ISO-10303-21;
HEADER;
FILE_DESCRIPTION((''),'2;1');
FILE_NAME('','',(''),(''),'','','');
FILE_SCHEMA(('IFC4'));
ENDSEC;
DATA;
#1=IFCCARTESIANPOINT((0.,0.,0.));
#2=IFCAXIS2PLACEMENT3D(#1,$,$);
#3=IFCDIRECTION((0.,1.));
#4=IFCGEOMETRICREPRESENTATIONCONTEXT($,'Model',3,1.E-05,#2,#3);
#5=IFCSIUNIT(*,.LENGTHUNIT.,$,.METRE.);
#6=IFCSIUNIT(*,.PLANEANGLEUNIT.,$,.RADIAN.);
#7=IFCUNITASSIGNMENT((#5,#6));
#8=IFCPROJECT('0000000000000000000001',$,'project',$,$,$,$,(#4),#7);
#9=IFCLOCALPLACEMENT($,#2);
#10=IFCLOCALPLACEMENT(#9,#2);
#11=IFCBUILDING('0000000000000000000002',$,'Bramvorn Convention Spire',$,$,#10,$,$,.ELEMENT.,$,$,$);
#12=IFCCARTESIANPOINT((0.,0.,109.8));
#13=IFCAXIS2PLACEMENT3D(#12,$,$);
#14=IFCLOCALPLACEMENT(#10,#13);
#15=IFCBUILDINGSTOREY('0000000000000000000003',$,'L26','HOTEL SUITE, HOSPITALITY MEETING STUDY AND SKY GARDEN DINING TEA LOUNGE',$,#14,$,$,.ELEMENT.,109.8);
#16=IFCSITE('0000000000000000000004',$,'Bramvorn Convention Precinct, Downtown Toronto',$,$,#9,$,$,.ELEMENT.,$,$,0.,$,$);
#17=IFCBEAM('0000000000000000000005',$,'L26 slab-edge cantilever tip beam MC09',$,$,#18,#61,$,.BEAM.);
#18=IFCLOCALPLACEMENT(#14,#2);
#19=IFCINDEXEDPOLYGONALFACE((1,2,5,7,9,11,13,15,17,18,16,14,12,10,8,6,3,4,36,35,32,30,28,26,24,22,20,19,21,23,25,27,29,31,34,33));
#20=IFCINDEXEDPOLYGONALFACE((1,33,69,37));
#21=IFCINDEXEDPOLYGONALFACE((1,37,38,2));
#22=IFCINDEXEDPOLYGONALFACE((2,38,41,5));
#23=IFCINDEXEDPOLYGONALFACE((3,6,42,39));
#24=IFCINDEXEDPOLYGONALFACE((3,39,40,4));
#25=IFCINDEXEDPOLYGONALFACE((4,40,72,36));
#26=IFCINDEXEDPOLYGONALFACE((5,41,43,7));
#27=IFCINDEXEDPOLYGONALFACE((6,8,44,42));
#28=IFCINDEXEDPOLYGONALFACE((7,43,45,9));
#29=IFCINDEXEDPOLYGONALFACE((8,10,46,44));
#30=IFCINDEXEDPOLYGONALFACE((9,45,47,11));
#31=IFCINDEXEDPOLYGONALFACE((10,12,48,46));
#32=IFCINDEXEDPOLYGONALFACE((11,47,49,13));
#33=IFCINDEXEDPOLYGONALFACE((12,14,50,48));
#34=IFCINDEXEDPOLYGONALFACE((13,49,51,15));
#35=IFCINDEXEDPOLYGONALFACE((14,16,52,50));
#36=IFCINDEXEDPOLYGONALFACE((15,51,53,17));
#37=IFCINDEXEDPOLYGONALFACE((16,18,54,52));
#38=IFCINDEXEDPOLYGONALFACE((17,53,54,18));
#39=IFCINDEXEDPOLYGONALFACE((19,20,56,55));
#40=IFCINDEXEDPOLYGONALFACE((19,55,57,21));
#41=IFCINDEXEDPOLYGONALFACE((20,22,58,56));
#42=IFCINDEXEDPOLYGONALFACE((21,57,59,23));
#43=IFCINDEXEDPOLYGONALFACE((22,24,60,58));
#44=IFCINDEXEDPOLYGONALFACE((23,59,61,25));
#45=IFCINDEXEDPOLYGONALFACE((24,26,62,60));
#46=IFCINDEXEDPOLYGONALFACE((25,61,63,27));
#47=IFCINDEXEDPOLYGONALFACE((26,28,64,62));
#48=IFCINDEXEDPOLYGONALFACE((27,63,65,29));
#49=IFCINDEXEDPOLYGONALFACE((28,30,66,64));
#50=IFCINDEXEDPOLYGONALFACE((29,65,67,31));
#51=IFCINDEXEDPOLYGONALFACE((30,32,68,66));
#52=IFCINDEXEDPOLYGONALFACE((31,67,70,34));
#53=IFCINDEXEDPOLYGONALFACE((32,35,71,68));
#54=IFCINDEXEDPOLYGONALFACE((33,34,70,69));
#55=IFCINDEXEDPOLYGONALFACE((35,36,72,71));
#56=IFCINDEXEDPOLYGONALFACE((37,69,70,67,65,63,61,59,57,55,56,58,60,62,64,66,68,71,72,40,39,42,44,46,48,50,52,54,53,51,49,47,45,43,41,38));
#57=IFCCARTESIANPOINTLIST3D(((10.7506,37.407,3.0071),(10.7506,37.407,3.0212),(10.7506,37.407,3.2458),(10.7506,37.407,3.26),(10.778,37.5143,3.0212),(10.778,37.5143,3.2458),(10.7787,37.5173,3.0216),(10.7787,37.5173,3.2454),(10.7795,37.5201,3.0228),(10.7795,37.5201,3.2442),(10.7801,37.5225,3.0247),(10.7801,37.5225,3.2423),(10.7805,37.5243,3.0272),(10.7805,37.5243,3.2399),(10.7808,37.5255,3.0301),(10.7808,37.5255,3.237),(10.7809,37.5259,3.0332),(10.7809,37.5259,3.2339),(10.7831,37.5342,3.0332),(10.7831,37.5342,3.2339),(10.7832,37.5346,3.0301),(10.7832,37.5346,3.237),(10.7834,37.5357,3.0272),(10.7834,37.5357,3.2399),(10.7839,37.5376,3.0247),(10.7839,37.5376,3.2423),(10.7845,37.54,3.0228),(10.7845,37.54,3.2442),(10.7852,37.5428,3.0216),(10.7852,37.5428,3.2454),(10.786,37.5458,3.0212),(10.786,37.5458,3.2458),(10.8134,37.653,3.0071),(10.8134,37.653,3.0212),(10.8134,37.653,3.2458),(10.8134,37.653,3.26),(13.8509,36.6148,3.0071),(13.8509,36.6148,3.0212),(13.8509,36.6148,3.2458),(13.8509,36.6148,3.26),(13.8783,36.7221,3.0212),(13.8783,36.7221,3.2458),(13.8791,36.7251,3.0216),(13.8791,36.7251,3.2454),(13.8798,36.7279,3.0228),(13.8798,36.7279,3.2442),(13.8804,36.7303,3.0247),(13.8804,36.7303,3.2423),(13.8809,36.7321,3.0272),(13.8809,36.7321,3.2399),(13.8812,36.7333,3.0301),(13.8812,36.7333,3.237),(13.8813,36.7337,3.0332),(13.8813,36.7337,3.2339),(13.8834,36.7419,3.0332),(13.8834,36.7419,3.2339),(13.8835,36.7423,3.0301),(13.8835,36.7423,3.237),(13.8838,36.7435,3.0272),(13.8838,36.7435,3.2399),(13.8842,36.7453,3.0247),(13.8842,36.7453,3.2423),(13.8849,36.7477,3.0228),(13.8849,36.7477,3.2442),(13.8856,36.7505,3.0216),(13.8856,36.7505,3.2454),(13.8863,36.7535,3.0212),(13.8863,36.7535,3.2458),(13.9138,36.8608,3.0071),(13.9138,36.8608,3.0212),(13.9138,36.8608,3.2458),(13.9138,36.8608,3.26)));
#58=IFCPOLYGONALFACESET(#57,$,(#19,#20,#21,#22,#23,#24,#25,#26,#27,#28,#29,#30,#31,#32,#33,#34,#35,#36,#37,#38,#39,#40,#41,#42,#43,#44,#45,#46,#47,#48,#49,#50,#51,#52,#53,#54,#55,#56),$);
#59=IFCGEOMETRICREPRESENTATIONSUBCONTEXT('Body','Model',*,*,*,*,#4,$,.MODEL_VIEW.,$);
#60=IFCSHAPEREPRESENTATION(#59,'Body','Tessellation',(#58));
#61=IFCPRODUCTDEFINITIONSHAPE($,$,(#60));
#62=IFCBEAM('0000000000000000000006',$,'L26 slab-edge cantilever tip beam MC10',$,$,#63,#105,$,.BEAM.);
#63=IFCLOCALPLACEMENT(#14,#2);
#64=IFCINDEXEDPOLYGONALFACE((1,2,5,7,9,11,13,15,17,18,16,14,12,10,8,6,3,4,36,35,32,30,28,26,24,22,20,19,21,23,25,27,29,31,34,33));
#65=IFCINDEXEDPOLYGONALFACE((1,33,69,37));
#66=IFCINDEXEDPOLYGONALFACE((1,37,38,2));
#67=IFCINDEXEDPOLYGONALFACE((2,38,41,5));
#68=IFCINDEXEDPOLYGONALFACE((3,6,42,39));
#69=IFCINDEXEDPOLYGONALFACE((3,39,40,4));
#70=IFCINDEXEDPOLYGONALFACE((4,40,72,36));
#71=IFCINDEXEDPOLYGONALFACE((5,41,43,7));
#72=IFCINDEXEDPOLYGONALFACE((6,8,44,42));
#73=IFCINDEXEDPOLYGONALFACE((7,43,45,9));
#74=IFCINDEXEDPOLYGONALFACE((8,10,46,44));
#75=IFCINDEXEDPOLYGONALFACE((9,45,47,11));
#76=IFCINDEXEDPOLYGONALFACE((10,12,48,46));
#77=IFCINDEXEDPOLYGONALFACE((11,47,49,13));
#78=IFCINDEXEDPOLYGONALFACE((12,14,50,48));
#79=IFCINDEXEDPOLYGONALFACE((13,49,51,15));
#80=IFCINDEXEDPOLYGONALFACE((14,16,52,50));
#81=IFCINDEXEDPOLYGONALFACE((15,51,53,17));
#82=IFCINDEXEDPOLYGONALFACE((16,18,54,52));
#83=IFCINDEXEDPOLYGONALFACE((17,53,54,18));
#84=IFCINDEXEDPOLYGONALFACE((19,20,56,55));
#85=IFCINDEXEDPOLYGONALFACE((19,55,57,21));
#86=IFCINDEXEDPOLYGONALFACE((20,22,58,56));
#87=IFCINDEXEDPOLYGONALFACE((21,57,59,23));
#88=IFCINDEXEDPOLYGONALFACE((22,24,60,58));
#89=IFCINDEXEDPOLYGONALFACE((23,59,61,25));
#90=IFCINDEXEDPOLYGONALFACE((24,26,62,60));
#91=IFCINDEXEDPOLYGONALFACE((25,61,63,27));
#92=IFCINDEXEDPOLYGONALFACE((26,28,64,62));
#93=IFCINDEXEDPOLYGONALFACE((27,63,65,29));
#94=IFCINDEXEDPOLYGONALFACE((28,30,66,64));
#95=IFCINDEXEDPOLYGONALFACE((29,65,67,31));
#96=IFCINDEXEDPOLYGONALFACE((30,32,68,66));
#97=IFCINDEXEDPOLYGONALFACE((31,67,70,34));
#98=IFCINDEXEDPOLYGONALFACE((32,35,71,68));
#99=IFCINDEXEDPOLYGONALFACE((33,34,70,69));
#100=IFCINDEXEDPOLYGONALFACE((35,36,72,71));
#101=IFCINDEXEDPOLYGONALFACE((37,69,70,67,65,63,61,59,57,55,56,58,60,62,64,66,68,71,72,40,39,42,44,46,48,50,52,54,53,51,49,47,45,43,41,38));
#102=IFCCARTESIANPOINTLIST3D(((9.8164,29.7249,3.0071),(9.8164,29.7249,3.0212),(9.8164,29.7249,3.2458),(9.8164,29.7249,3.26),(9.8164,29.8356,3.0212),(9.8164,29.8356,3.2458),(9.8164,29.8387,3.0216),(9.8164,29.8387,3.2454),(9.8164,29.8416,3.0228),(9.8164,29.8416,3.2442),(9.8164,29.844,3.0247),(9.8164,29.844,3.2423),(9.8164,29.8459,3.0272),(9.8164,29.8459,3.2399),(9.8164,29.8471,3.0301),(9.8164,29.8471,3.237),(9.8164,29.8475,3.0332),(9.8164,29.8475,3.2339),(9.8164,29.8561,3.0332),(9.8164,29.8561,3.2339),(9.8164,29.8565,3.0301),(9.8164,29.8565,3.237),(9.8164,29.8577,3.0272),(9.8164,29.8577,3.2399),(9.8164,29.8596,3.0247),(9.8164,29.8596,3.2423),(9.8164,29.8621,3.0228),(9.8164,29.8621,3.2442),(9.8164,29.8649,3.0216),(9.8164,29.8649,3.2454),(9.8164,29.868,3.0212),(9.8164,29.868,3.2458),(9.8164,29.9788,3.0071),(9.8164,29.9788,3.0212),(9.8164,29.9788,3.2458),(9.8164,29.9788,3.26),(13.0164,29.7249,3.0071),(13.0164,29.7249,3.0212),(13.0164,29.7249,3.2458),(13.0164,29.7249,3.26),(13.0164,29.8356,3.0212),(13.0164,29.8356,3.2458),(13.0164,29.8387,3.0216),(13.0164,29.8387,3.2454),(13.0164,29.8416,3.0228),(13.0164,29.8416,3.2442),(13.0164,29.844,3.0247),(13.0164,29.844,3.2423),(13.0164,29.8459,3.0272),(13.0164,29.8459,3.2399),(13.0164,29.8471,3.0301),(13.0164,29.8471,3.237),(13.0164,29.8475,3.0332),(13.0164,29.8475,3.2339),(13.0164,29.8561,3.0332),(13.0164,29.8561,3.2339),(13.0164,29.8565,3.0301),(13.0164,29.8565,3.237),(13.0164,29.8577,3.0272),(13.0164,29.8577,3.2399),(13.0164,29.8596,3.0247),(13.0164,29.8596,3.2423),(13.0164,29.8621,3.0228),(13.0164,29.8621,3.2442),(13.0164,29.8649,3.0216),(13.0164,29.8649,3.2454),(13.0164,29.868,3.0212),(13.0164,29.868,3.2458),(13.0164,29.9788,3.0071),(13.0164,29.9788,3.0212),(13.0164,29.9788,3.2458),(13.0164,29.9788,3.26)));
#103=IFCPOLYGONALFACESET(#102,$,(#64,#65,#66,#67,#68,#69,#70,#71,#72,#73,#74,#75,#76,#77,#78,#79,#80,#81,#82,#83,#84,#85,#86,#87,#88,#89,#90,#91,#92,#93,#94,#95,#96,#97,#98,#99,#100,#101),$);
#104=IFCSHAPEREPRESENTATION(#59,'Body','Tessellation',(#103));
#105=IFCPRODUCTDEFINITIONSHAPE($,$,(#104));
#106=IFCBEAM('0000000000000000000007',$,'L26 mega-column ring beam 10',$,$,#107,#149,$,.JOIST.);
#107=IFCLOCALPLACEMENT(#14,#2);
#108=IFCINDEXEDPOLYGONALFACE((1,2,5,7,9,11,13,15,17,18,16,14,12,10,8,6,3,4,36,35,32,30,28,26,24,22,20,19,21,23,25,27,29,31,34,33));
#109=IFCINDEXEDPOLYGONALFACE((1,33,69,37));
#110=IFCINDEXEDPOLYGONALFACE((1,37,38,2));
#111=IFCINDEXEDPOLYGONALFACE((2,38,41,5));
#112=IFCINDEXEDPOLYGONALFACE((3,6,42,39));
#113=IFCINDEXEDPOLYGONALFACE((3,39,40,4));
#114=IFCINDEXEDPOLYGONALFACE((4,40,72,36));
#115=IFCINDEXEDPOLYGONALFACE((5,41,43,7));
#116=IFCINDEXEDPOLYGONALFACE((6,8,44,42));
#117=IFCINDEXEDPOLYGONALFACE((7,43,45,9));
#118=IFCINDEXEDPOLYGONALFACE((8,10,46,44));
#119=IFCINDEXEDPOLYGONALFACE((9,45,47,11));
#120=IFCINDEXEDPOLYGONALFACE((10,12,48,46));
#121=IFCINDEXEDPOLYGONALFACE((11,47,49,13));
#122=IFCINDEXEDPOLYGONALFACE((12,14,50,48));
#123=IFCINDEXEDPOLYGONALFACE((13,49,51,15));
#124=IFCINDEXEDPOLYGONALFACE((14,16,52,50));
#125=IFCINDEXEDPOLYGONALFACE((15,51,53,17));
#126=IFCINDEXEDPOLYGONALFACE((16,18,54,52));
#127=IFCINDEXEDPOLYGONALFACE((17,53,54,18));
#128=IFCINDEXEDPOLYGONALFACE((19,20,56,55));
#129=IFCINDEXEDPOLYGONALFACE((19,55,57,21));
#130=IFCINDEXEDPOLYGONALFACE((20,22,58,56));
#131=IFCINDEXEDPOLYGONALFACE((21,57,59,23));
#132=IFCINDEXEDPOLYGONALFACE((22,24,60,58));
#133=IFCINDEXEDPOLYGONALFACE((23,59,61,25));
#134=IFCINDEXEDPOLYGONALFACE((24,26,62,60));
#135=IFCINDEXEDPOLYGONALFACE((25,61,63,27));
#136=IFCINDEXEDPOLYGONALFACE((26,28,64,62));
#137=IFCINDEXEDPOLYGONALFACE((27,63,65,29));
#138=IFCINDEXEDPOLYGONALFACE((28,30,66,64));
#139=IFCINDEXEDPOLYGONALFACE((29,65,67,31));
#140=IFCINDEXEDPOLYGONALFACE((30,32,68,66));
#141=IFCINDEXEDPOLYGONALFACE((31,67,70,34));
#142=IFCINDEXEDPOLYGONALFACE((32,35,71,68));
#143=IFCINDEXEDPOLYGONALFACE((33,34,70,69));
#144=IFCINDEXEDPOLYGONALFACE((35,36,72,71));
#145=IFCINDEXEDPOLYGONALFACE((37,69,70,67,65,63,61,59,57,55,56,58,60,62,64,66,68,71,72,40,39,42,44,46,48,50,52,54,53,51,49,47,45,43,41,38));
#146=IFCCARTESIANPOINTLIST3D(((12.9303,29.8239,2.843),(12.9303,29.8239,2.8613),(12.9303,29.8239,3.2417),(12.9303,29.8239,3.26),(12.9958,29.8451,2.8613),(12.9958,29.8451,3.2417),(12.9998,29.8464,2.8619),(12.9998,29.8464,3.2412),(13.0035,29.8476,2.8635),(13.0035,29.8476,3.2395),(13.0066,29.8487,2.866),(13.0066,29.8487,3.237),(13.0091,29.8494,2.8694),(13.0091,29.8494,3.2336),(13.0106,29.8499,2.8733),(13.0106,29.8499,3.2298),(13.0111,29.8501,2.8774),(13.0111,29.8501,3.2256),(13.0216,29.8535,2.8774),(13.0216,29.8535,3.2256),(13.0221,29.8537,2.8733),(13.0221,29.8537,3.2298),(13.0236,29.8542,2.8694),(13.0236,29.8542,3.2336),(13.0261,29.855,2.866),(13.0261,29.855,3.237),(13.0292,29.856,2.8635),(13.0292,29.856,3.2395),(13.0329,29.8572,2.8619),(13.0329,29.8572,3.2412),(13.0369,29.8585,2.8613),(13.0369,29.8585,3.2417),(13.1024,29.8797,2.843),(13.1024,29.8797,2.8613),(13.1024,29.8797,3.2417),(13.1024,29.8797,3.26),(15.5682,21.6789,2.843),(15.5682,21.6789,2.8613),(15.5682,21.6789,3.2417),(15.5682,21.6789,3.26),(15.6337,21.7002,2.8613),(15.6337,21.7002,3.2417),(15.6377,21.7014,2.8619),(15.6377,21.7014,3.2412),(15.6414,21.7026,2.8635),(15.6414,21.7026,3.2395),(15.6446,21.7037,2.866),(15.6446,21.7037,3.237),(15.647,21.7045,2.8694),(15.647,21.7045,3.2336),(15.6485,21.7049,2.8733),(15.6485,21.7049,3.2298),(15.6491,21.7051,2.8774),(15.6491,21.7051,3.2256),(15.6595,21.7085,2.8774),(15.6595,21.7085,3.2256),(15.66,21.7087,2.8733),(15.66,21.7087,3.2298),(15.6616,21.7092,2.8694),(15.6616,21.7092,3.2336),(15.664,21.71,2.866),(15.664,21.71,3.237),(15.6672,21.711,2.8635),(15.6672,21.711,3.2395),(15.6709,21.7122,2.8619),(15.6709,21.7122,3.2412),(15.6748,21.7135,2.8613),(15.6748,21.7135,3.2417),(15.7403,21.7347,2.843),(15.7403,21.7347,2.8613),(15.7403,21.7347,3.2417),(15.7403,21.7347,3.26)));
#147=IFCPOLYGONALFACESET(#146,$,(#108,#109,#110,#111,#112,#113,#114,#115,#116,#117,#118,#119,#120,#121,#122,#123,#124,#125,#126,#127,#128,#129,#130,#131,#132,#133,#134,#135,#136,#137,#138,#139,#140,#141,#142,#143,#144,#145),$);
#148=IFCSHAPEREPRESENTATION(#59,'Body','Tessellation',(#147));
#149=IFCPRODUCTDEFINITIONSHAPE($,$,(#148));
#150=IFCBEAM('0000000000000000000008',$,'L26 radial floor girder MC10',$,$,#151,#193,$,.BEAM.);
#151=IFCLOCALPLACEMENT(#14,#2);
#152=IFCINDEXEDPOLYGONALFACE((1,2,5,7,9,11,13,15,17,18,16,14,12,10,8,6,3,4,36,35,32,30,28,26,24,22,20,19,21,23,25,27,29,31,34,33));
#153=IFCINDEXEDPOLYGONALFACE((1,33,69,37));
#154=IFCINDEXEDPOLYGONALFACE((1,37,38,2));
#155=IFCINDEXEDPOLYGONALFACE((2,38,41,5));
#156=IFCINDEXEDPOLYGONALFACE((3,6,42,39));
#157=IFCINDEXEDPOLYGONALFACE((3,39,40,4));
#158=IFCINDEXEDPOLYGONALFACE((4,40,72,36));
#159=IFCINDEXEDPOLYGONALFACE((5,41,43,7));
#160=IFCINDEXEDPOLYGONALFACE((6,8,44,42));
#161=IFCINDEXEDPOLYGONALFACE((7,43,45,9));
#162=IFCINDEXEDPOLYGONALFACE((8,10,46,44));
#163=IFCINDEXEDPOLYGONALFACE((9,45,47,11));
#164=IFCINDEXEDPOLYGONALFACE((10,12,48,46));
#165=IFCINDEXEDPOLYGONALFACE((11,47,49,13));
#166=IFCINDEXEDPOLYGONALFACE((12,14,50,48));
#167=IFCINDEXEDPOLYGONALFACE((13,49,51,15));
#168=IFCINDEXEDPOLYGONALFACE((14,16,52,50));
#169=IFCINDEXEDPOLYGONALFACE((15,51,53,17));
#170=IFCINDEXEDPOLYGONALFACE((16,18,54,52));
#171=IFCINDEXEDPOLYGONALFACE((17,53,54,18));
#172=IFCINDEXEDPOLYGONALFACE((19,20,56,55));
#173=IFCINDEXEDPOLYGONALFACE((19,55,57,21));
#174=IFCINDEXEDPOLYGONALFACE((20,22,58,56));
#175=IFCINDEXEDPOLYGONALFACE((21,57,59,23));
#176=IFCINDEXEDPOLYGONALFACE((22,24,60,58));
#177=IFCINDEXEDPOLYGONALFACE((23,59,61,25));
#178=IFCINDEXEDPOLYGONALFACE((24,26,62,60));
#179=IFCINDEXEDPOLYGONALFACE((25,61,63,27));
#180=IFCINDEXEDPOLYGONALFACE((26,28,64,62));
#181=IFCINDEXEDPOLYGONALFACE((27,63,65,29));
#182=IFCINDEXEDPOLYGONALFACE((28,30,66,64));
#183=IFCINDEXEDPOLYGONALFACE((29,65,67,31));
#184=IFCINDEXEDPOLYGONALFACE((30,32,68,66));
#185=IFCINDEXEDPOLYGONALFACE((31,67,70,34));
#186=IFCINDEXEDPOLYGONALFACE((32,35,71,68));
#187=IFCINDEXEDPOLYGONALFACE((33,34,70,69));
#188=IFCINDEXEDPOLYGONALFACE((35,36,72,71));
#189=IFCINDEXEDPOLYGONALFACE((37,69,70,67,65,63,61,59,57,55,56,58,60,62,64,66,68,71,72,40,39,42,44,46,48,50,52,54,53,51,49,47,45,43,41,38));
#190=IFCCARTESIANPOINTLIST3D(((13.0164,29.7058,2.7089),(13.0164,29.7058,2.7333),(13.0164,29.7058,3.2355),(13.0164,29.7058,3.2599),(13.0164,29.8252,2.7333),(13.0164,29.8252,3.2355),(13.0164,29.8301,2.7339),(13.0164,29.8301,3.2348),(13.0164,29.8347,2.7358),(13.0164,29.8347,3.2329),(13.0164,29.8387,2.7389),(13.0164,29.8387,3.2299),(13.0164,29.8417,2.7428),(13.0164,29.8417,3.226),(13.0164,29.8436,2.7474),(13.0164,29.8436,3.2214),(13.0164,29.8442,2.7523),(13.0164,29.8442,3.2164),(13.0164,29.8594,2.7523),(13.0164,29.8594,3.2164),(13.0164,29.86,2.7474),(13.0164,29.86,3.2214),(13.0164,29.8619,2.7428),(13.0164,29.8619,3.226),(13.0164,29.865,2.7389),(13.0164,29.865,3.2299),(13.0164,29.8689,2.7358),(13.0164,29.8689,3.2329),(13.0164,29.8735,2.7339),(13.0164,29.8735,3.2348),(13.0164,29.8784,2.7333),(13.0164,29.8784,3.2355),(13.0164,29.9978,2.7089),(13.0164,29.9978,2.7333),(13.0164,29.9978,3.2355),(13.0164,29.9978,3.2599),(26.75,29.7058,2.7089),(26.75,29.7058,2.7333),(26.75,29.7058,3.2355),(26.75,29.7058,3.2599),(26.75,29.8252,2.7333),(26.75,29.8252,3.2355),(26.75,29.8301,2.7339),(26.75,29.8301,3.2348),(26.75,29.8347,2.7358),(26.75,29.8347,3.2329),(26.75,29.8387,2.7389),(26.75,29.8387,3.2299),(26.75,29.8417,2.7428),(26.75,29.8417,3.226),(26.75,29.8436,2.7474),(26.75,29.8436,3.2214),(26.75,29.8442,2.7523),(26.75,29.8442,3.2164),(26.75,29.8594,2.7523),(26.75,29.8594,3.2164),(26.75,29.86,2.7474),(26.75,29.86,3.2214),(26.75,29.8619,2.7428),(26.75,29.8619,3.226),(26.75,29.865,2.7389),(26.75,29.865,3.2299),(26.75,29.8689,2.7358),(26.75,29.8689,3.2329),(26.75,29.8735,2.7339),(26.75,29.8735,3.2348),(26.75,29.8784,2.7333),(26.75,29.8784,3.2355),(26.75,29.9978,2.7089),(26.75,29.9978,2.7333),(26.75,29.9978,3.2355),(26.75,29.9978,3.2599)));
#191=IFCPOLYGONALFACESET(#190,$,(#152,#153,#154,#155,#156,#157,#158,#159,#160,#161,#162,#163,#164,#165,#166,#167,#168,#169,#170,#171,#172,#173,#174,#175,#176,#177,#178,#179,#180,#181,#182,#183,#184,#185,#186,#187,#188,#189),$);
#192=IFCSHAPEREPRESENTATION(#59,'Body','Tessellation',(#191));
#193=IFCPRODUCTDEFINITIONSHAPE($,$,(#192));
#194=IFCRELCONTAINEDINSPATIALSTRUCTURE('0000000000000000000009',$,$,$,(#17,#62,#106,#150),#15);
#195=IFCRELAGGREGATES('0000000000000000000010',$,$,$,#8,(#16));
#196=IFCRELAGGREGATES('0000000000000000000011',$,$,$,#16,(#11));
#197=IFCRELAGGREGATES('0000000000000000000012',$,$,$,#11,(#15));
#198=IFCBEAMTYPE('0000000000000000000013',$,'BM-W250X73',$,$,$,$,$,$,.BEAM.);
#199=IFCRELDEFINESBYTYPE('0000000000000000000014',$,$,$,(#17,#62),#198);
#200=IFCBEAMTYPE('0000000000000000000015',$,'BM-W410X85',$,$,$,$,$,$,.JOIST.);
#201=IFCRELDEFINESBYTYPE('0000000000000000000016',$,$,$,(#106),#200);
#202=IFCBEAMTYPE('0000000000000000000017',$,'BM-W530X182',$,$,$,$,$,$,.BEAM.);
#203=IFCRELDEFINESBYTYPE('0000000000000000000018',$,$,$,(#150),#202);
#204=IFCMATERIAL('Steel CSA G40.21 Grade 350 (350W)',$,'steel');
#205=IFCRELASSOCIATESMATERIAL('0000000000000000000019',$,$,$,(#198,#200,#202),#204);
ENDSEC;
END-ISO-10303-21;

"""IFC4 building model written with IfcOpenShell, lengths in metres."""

from ifc_helpers import new_model, si_unit, direction, frame, origin, origin_2d, place, context, subcontext, project, spatial, i_section, extrude, material, material_profile, profile_set, type_object, element, save


model = new_model("IFC4")

# Units and contexts
model_context = context("Model", 3, precision=1e-05, world=origin(), true_north=direction((0.0, 1.0)))
body_context = subcontext(model_context, "Body", "Model", "MODEL_VIEW")
ifc_project = project(units=[si_unit("LENGTHUNIT", "METRE"), si_unit("PLANEANGLEUNIT", "RADIAN")], contexts=[model_context])

# Site, building, storey
site_placement = place(None, origin())
site = spatial("IfcSite", under=ifc_project, at=site_placement, Name="Bramvorn Convention Precinct, Downtown Toronto", CompositionType="ELEMENT", RefElevation=0.0)
building_placement = place(site_placement, origin())
building = spatial("IfcBuilding", under=site, at=building_placement, Name="Bramvorn Convention Spire", CompositionType="ELEMENT")
storey_placement = place(building_placement, frame((0.0, 0.0, 109.8)))
storey = spatial("IfcBuildingStorey", under=building, at=storey_placement, Name="L26", Description="HOTEL SUITE, HOSPITALITY MEETING STUDY AND SKY GARDEN DINING TEA LOUNGE", CompositionType="ELEMENT", Elevation=109.8)

# Shared definitions
ifc_material_1 = material(Name="Steel CSA G40.21 Grade 350 (350W)", Category="steel")

# Beams
ifc_material_profile_1 = material_profile(ifc_material_1, i_section(OverallWidth=0.2539, OverallDepth=0.2529, WebThickness=0.0085, FlangeThickness=0.0142, FilletRadius=0.012, at=origin_2d()))
ifc_profile_set_1 = profile_set([ifc_material_profile_1], Name="Steel CSA G40.21 Grade 350 (350W) - W250X73")
beam_type_1 = type_object("IfcBeamType", Name="BM-W250X73", PredefinedType="BEAM", material=ifc_profile_set_1)
for number, where, z_axis, x_axis, name in (
    (1, (13.8823, 36.7378, 3.1335), (-0.968868, 0.247577, 0.0), (-0.247577, -0.968868, 0.0), "L26 slab-edge cantilever tip beam MC09"),
    (2, (13.0164, 29.8518, 3.1335), (-1.0, 0.0, 0.0), (0.0, -1.0, 0.0), "L26 slab-edge cantilever tip beam MC10"),
):
    element("IfcBeam", number, at=place(storey_placement, frame(where, z_axis=z_axis, x_axis=x_axis)), inside=storey, type_object=beam_type_1, Name=name, PredefinedType="BEAM", context=body_context, shape_type="SweptSolid", body=[
        extrude(i_section(OverallWidth=0.2539, OverallDepth=0.2529, WebThickness=0.0085, FlangeThickness=0.0142, FilletRadius=0.012, at=origin_2d()), origin(), (0.0, 0.0, 1.0), 3.2),
    ])
ifc_material_profile_2 = material_profile(ifc_material_1, i_section(OverallWidth=0.1809, OverallDepth=0.417, WebThickness=0.011, FlangeThickness=0.0183, FilletRadius=0.0161, at=origin_2d()))
ifc_profile_set_2 = profile_set([ifc_material_profile_2], Name="Steel CSA G40.21 Grade 350 (350W) - W410X85")
beam_type_2 = type_object("IfcBeamType", Name="BM-W410X85", PredefinedType="JOIST", material=ifc_profile_set_2)
beam_1_placement = place(storey_placement, frame((13.0164, 29.8518, 3.0515), z_axis=(0.308115, -0.951349, 0.0), x_axis=(0.951349, 0.308115, 0.0)))
element("IfcBeam", 3, at=beam_1_placement, inside=storey, type_object=beam_type_2, Name="L26 mega-column ring beam 10", PredefinedType="JOIST", context=body_context, shape_type="SweptSolid", body=[
    extrude(i_section(OverallWidth=0.1809, OverallDepth=0.417, WebThickness=0.011, FlangeThickness=0.0183, FilletRadius=0.0161, at=origin_2d()), origin(), (0.0, 0.0, 1.0), 8.5615),
])
ifc_material_profile_3 = material_profile(ifc_material_1, i_section(OverallWidth=0.292, OverallDepth=0.551, WebThickness=0.0151, FlangeThickness=0.0244, FilletRadius=0.019, at=origin_2d()))
ifc_profile_set_3 = profile_set([ifc_material_profile_3], Name="Steel CSA G40.21 Grade 350 (350W) - W530X182")
beam_type_3 = type_object("IfcBeamType", Name="BM-W530X182", PredefinedType="BEAM", material=ifc_profile_set_3)
beam_2_placement = place(storey_placement, frame((26.75, 29.8518, 2.9844), z_axis=(-1.0, 0.0, 0.0), x_axis=(0.0, -1.0, 0.0)))
element("IfcBeam", 4, at=beam_2_placement, inside=storey, type_object=beam_type_3, Name="L26 radial floor girder MC10", PredefinedType="BEAM", context=body_context, shape_type="SweptSolid", body=[
    extrude(i_section(OverallWidth=0.292, OverallDepth=0.551, WebThickness=0.0151, FlangeThickness=0.0244, FilletRadius=0.019, at=origin_2d()), origin(), (0.0, 0.0, 1.0), 13.7336),
])

save(model, "model.ifc")
